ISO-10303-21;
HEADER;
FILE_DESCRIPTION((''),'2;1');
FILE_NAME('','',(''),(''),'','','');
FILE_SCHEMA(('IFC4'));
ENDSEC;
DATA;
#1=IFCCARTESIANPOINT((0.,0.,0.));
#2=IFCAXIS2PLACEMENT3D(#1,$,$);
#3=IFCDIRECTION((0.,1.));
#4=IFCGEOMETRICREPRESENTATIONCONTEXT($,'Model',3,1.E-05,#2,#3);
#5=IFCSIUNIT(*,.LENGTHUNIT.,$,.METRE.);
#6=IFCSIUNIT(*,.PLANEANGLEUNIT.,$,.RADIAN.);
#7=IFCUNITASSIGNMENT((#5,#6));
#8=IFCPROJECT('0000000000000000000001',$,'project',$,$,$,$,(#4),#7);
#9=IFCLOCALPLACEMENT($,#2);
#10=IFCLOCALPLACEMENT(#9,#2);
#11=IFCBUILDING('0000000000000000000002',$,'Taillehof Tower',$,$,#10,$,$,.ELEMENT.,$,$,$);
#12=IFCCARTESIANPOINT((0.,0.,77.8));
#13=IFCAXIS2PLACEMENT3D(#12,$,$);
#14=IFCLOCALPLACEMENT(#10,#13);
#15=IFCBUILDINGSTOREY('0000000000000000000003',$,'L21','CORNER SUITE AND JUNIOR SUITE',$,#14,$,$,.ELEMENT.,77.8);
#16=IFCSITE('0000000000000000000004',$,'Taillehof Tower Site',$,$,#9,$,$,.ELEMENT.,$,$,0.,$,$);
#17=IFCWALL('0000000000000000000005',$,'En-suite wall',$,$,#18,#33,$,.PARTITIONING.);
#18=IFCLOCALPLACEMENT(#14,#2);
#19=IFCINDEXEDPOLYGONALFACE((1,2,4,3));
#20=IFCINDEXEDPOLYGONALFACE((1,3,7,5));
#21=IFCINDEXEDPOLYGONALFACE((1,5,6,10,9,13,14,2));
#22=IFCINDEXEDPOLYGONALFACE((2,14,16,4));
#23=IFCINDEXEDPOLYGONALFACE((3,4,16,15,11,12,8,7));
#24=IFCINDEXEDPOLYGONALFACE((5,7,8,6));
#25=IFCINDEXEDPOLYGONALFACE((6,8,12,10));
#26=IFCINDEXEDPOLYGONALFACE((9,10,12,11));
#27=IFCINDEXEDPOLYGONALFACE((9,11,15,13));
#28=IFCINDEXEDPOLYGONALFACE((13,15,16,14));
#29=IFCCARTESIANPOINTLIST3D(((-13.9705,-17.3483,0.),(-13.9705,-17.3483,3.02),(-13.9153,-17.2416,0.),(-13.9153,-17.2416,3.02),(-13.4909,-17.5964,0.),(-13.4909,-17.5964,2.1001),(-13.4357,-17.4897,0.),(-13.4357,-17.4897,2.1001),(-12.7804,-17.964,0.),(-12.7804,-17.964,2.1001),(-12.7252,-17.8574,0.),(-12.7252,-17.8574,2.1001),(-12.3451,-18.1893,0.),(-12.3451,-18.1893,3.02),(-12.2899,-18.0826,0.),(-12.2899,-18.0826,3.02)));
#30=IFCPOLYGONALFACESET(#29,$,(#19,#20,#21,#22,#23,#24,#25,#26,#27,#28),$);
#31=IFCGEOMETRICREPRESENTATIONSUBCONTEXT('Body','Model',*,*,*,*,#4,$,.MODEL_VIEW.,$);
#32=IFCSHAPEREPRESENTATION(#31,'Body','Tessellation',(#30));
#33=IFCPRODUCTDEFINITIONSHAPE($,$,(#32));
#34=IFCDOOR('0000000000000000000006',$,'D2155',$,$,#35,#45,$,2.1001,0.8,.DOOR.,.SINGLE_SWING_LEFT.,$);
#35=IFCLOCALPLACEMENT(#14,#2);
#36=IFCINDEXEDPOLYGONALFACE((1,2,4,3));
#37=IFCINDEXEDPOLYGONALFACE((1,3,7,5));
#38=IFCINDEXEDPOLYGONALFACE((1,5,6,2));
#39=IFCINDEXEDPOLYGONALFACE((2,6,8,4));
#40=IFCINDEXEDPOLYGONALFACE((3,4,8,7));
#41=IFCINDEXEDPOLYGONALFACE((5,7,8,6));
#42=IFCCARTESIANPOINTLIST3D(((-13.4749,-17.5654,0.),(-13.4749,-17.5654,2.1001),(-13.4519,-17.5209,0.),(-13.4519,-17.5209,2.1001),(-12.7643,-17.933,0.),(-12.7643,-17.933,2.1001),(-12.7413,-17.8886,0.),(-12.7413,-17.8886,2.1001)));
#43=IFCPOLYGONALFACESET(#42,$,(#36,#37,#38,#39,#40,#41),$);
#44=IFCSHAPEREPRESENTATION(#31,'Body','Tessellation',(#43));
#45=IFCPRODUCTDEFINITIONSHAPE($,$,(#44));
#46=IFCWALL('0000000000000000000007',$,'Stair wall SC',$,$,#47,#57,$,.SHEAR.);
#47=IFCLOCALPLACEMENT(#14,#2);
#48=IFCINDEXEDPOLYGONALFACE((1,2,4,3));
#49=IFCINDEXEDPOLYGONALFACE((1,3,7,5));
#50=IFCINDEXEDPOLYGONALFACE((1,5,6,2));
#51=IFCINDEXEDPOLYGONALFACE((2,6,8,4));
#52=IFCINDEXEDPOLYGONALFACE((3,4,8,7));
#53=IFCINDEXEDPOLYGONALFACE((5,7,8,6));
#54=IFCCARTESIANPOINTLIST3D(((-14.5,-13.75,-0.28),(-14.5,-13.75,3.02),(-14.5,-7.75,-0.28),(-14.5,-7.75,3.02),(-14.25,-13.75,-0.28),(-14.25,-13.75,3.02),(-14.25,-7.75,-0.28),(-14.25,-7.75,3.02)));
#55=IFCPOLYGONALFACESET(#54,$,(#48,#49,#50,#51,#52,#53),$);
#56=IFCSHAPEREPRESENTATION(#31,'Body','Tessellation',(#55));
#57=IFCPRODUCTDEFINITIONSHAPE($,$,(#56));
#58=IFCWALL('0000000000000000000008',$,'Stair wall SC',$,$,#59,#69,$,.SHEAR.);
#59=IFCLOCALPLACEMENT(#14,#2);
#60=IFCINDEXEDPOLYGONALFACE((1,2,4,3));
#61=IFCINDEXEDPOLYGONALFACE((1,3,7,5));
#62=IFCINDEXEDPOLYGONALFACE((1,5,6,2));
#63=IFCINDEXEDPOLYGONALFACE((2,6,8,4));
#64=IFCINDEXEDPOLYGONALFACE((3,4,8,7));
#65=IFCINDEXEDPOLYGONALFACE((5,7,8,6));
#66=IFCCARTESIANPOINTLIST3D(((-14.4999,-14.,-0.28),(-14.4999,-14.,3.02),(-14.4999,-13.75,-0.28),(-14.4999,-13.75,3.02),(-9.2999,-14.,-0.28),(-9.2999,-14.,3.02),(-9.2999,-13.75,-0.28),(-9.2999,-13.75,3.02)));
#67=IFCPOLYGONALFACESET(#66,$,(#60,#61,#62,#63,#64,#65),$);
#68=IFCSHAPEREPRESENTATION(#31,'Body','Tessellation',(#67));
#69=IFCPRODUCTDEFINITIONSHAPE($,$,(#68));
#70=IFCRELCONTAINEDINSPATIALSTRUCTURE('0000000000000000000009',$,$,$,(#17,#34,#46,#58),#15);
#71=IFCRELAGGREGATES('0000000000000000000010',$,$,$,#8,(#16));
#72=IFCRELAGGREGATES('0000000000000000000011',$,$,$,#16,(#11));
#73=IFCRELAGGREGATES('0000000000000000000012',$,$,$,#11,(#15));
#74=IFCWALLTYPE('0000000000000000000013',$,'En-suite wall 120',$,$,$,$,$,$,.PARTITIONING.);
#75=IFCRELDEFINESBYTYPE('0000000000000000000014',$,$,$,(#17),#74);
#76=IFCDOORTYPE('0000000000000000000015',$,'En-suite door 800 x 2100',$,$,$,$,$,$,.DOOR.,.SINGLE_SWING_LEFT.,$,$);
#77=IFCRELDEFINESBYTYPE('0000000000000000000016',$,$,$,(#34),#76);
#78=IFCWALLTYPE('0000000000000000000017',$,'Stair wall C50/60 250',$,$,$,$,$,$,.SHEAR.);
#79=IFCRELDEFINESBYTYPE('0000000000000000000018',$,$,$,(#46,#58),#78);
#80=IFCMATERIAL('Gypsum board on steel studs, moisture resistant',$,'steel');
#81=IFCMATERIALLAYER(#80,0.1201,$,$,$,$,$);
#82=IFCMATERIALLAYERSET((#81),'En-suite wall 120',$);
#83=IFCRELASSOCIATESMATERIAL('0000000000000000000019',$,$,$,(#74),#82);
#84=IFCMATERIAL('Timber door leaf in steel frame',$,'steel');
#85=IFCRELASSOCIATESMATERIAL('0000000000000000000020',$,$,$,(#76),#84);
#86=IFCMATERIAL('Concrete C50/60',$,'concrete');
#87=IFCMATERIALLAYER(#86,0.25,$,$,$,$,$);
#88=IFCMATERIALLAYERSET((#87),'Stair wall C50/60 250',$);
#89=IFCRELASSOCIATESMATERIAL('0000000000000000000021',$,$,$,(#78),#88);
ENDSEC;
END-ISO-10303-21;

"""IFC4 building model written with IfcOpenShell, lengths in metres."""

from ifc_helpers import new_model, si_unit, direction, frame, frame_2d, origin, place, context, subcontext, project, spatial, rectangle, extrude, material, layer, layer_set, type_object, element, fill, save


model = new_model("IFC4")

# Units and contexts
model_context = context("Model", 3, precision=1e-05, world=origin(), true_north=direction((0.0, 1.0)))
body_context = subcontext(model_context, "Body", "Model", "MODEL_VIEW")
ifc_project = project(units=[si_unit("LENGTHUNIT", "METRE"), si_unit("PLANEANGLEUNIT", "RADIAN")], contexts=[model_context])

# Site, building, storey
site_placement = place(None, origin())
site = spatial("IfcSite", under=ifc_project, at=site_placement, Name="Taillehof Tower Site", CompositionType="ELEMENT", RefElevation=0.0)
building_placement = place(site_placement, origin())
building = spatial("IfcBuilding", under=site, at=building_placement, Name="Taillehof Tower", CompositionType="ELEMENT")
storey_placement = place(building_placement, frame((0.0, 0.0, 77.8)))
storey = spatial("IfcBuildingStorey", under=building, at=storey_placement, Name="L21", Description="CORNER SUITE AND JUNIOR SUITE", CompositionType="ELEMENT", Elevation=77.8)

# Wall, opening, door
ifc_material_1 = material(Name="Gypsum board on steel studs, moisture resistant", Category="steel")
ifc_layer_1 = layer(ifc_material_1, 0.1201)
ifc_layer_set_1 = layer_set([ifc_layer_1], Name="En-suite wall 120")
wall_type_1 = type_object("IfcWallType", Name="En-suite wall 120", PredefinedType="PARTITIONING", material=ifc_layer_set_1)
wall_1_placement = place(storey_placement, frame((-13.9429, -17.2949, 0.0), z_axis=(0.0, 0.0, 1.0), x_axis=(0.888152, -0.45955, 0.0)))
wall_1 = element("IfcWall", 1, at=wall_1_placement, inside=storey, type_object=wall_type_1, Name="En-suite wall", PredefinedType="PARTITIONING", context=body_context, shape_type="SweptSolid", body=[
    extrude(rectangle(XDim=1.8301, YDim=0.1201, at=frame_2d((0.915, 0.0))), origin(), (0.0, 0.0, 1.0), 3.02),
])
opening_1_placement = place(wall_1_placement, frame((0.54, 0.0, 0.0)))
opening_1 = element("IfcOpeningElement", 2, at=opening_1_placement, cuts=wall_1, PredefinedType="OPENING", context=body_context, shape_type="SweptSolid", body=[
    extrude(rectangle(XDim=0.8, YDim=2.1001, at=frame_2d((0.3999, 1.05))), frame((0.0, 0.0701, 0.0), z_axis=(0.0, -1.0, 0.0), x_axis=(1.0, 0.0, 0.0)), (0.0, 0.0, 1.0), 0.1401),
])
ifc_material_2 = material(Name="Timber door leaf in steel frame", Category="steel")
door_type = type_object("IfcDoorType", Name="En-suite door 800 x 2100", OperationType="SINGLE_SWING_LEFT", PredefinedType="DOOR", material=ifc_material_2)
door_placement = place(opening_1_placement, origin())
door = element("IfcDoor", 3, at=door_placement, inside=storey, type_object=door_type, Name="D2155", OperationType="SINGLE_SWING_LEFT", OverallHeight=2.1001, OverallWidth=0.8, PredefinedType="DOOR", context=body_context, shape_type="SweptSolid", body=[
    extrude(rectangle(XDim=0.8, YDim=2.1001, at=frame_2d((0.3999, 1.05))), frame((0.0, 0.0249, 0.0), z_axis=(0.0, -1.0, 0.0), x_axis=(1.0, 0.0, 0.0)), (0.0, 0.0, 1.0), 0.05),
])
fill(opening_1, door)

# Walls
ifc_material_3 = material(Name="Concrete C50/60", Category="concrete")
ifc_layer_2 = layer(ifc_material_3, 0.25)
ifc_layer_set_2 = layer_set([ifc_layer_2], Name="Stair wall C50/60 250")
wall_type_2 = type_object("IfcWallType", Name="Stair wall C50/60 250", PredefinedType="SHEAR", material=ifc_layer_set_2)
wall_2_placement = place(storey_placement, frame((-14.375, -13.75, -0.28), z_axis=(0.0, 0.0, 1.0), x_axis=(0.0, 1.0, 0.0)))
element("IfcWall", 4, at=wall_2_placement, inside=storey, type_object=wall_type_2, Name="Stair wall SC", PredefinedType="SHEAR", context=body_context, shape_type="SweptSolid", body=[
    extrude(rectangle(XDim=6.0, YDim=0.25, at=frame_2d((3.0, 0.0))), origin(), (0.0, 0.0, 1.0), 3.3),
])
wall_3_placement = place(storey_placement, frame((-14.5, -13.875, -0.28), z_axis=(0.0, 0.0, 1.0), x_axis=(1.0, 0.0, 0.0)))
element("IfcWall", 5, at=wall_3_placement, inside=storey, type_object=wall_type_2, Name="Stair wall SC", PredefinedType="SHEAR", context=body_context, shape_type="SweptSolid", body=[
    extrude(rectangle(XDim=5.2, YDim=0.25, at=frame_2d((2.6001, 0.0))), origin(), (0.0, 0.0, 1.0), 3.3),
])

save(model, "model.ifc")
